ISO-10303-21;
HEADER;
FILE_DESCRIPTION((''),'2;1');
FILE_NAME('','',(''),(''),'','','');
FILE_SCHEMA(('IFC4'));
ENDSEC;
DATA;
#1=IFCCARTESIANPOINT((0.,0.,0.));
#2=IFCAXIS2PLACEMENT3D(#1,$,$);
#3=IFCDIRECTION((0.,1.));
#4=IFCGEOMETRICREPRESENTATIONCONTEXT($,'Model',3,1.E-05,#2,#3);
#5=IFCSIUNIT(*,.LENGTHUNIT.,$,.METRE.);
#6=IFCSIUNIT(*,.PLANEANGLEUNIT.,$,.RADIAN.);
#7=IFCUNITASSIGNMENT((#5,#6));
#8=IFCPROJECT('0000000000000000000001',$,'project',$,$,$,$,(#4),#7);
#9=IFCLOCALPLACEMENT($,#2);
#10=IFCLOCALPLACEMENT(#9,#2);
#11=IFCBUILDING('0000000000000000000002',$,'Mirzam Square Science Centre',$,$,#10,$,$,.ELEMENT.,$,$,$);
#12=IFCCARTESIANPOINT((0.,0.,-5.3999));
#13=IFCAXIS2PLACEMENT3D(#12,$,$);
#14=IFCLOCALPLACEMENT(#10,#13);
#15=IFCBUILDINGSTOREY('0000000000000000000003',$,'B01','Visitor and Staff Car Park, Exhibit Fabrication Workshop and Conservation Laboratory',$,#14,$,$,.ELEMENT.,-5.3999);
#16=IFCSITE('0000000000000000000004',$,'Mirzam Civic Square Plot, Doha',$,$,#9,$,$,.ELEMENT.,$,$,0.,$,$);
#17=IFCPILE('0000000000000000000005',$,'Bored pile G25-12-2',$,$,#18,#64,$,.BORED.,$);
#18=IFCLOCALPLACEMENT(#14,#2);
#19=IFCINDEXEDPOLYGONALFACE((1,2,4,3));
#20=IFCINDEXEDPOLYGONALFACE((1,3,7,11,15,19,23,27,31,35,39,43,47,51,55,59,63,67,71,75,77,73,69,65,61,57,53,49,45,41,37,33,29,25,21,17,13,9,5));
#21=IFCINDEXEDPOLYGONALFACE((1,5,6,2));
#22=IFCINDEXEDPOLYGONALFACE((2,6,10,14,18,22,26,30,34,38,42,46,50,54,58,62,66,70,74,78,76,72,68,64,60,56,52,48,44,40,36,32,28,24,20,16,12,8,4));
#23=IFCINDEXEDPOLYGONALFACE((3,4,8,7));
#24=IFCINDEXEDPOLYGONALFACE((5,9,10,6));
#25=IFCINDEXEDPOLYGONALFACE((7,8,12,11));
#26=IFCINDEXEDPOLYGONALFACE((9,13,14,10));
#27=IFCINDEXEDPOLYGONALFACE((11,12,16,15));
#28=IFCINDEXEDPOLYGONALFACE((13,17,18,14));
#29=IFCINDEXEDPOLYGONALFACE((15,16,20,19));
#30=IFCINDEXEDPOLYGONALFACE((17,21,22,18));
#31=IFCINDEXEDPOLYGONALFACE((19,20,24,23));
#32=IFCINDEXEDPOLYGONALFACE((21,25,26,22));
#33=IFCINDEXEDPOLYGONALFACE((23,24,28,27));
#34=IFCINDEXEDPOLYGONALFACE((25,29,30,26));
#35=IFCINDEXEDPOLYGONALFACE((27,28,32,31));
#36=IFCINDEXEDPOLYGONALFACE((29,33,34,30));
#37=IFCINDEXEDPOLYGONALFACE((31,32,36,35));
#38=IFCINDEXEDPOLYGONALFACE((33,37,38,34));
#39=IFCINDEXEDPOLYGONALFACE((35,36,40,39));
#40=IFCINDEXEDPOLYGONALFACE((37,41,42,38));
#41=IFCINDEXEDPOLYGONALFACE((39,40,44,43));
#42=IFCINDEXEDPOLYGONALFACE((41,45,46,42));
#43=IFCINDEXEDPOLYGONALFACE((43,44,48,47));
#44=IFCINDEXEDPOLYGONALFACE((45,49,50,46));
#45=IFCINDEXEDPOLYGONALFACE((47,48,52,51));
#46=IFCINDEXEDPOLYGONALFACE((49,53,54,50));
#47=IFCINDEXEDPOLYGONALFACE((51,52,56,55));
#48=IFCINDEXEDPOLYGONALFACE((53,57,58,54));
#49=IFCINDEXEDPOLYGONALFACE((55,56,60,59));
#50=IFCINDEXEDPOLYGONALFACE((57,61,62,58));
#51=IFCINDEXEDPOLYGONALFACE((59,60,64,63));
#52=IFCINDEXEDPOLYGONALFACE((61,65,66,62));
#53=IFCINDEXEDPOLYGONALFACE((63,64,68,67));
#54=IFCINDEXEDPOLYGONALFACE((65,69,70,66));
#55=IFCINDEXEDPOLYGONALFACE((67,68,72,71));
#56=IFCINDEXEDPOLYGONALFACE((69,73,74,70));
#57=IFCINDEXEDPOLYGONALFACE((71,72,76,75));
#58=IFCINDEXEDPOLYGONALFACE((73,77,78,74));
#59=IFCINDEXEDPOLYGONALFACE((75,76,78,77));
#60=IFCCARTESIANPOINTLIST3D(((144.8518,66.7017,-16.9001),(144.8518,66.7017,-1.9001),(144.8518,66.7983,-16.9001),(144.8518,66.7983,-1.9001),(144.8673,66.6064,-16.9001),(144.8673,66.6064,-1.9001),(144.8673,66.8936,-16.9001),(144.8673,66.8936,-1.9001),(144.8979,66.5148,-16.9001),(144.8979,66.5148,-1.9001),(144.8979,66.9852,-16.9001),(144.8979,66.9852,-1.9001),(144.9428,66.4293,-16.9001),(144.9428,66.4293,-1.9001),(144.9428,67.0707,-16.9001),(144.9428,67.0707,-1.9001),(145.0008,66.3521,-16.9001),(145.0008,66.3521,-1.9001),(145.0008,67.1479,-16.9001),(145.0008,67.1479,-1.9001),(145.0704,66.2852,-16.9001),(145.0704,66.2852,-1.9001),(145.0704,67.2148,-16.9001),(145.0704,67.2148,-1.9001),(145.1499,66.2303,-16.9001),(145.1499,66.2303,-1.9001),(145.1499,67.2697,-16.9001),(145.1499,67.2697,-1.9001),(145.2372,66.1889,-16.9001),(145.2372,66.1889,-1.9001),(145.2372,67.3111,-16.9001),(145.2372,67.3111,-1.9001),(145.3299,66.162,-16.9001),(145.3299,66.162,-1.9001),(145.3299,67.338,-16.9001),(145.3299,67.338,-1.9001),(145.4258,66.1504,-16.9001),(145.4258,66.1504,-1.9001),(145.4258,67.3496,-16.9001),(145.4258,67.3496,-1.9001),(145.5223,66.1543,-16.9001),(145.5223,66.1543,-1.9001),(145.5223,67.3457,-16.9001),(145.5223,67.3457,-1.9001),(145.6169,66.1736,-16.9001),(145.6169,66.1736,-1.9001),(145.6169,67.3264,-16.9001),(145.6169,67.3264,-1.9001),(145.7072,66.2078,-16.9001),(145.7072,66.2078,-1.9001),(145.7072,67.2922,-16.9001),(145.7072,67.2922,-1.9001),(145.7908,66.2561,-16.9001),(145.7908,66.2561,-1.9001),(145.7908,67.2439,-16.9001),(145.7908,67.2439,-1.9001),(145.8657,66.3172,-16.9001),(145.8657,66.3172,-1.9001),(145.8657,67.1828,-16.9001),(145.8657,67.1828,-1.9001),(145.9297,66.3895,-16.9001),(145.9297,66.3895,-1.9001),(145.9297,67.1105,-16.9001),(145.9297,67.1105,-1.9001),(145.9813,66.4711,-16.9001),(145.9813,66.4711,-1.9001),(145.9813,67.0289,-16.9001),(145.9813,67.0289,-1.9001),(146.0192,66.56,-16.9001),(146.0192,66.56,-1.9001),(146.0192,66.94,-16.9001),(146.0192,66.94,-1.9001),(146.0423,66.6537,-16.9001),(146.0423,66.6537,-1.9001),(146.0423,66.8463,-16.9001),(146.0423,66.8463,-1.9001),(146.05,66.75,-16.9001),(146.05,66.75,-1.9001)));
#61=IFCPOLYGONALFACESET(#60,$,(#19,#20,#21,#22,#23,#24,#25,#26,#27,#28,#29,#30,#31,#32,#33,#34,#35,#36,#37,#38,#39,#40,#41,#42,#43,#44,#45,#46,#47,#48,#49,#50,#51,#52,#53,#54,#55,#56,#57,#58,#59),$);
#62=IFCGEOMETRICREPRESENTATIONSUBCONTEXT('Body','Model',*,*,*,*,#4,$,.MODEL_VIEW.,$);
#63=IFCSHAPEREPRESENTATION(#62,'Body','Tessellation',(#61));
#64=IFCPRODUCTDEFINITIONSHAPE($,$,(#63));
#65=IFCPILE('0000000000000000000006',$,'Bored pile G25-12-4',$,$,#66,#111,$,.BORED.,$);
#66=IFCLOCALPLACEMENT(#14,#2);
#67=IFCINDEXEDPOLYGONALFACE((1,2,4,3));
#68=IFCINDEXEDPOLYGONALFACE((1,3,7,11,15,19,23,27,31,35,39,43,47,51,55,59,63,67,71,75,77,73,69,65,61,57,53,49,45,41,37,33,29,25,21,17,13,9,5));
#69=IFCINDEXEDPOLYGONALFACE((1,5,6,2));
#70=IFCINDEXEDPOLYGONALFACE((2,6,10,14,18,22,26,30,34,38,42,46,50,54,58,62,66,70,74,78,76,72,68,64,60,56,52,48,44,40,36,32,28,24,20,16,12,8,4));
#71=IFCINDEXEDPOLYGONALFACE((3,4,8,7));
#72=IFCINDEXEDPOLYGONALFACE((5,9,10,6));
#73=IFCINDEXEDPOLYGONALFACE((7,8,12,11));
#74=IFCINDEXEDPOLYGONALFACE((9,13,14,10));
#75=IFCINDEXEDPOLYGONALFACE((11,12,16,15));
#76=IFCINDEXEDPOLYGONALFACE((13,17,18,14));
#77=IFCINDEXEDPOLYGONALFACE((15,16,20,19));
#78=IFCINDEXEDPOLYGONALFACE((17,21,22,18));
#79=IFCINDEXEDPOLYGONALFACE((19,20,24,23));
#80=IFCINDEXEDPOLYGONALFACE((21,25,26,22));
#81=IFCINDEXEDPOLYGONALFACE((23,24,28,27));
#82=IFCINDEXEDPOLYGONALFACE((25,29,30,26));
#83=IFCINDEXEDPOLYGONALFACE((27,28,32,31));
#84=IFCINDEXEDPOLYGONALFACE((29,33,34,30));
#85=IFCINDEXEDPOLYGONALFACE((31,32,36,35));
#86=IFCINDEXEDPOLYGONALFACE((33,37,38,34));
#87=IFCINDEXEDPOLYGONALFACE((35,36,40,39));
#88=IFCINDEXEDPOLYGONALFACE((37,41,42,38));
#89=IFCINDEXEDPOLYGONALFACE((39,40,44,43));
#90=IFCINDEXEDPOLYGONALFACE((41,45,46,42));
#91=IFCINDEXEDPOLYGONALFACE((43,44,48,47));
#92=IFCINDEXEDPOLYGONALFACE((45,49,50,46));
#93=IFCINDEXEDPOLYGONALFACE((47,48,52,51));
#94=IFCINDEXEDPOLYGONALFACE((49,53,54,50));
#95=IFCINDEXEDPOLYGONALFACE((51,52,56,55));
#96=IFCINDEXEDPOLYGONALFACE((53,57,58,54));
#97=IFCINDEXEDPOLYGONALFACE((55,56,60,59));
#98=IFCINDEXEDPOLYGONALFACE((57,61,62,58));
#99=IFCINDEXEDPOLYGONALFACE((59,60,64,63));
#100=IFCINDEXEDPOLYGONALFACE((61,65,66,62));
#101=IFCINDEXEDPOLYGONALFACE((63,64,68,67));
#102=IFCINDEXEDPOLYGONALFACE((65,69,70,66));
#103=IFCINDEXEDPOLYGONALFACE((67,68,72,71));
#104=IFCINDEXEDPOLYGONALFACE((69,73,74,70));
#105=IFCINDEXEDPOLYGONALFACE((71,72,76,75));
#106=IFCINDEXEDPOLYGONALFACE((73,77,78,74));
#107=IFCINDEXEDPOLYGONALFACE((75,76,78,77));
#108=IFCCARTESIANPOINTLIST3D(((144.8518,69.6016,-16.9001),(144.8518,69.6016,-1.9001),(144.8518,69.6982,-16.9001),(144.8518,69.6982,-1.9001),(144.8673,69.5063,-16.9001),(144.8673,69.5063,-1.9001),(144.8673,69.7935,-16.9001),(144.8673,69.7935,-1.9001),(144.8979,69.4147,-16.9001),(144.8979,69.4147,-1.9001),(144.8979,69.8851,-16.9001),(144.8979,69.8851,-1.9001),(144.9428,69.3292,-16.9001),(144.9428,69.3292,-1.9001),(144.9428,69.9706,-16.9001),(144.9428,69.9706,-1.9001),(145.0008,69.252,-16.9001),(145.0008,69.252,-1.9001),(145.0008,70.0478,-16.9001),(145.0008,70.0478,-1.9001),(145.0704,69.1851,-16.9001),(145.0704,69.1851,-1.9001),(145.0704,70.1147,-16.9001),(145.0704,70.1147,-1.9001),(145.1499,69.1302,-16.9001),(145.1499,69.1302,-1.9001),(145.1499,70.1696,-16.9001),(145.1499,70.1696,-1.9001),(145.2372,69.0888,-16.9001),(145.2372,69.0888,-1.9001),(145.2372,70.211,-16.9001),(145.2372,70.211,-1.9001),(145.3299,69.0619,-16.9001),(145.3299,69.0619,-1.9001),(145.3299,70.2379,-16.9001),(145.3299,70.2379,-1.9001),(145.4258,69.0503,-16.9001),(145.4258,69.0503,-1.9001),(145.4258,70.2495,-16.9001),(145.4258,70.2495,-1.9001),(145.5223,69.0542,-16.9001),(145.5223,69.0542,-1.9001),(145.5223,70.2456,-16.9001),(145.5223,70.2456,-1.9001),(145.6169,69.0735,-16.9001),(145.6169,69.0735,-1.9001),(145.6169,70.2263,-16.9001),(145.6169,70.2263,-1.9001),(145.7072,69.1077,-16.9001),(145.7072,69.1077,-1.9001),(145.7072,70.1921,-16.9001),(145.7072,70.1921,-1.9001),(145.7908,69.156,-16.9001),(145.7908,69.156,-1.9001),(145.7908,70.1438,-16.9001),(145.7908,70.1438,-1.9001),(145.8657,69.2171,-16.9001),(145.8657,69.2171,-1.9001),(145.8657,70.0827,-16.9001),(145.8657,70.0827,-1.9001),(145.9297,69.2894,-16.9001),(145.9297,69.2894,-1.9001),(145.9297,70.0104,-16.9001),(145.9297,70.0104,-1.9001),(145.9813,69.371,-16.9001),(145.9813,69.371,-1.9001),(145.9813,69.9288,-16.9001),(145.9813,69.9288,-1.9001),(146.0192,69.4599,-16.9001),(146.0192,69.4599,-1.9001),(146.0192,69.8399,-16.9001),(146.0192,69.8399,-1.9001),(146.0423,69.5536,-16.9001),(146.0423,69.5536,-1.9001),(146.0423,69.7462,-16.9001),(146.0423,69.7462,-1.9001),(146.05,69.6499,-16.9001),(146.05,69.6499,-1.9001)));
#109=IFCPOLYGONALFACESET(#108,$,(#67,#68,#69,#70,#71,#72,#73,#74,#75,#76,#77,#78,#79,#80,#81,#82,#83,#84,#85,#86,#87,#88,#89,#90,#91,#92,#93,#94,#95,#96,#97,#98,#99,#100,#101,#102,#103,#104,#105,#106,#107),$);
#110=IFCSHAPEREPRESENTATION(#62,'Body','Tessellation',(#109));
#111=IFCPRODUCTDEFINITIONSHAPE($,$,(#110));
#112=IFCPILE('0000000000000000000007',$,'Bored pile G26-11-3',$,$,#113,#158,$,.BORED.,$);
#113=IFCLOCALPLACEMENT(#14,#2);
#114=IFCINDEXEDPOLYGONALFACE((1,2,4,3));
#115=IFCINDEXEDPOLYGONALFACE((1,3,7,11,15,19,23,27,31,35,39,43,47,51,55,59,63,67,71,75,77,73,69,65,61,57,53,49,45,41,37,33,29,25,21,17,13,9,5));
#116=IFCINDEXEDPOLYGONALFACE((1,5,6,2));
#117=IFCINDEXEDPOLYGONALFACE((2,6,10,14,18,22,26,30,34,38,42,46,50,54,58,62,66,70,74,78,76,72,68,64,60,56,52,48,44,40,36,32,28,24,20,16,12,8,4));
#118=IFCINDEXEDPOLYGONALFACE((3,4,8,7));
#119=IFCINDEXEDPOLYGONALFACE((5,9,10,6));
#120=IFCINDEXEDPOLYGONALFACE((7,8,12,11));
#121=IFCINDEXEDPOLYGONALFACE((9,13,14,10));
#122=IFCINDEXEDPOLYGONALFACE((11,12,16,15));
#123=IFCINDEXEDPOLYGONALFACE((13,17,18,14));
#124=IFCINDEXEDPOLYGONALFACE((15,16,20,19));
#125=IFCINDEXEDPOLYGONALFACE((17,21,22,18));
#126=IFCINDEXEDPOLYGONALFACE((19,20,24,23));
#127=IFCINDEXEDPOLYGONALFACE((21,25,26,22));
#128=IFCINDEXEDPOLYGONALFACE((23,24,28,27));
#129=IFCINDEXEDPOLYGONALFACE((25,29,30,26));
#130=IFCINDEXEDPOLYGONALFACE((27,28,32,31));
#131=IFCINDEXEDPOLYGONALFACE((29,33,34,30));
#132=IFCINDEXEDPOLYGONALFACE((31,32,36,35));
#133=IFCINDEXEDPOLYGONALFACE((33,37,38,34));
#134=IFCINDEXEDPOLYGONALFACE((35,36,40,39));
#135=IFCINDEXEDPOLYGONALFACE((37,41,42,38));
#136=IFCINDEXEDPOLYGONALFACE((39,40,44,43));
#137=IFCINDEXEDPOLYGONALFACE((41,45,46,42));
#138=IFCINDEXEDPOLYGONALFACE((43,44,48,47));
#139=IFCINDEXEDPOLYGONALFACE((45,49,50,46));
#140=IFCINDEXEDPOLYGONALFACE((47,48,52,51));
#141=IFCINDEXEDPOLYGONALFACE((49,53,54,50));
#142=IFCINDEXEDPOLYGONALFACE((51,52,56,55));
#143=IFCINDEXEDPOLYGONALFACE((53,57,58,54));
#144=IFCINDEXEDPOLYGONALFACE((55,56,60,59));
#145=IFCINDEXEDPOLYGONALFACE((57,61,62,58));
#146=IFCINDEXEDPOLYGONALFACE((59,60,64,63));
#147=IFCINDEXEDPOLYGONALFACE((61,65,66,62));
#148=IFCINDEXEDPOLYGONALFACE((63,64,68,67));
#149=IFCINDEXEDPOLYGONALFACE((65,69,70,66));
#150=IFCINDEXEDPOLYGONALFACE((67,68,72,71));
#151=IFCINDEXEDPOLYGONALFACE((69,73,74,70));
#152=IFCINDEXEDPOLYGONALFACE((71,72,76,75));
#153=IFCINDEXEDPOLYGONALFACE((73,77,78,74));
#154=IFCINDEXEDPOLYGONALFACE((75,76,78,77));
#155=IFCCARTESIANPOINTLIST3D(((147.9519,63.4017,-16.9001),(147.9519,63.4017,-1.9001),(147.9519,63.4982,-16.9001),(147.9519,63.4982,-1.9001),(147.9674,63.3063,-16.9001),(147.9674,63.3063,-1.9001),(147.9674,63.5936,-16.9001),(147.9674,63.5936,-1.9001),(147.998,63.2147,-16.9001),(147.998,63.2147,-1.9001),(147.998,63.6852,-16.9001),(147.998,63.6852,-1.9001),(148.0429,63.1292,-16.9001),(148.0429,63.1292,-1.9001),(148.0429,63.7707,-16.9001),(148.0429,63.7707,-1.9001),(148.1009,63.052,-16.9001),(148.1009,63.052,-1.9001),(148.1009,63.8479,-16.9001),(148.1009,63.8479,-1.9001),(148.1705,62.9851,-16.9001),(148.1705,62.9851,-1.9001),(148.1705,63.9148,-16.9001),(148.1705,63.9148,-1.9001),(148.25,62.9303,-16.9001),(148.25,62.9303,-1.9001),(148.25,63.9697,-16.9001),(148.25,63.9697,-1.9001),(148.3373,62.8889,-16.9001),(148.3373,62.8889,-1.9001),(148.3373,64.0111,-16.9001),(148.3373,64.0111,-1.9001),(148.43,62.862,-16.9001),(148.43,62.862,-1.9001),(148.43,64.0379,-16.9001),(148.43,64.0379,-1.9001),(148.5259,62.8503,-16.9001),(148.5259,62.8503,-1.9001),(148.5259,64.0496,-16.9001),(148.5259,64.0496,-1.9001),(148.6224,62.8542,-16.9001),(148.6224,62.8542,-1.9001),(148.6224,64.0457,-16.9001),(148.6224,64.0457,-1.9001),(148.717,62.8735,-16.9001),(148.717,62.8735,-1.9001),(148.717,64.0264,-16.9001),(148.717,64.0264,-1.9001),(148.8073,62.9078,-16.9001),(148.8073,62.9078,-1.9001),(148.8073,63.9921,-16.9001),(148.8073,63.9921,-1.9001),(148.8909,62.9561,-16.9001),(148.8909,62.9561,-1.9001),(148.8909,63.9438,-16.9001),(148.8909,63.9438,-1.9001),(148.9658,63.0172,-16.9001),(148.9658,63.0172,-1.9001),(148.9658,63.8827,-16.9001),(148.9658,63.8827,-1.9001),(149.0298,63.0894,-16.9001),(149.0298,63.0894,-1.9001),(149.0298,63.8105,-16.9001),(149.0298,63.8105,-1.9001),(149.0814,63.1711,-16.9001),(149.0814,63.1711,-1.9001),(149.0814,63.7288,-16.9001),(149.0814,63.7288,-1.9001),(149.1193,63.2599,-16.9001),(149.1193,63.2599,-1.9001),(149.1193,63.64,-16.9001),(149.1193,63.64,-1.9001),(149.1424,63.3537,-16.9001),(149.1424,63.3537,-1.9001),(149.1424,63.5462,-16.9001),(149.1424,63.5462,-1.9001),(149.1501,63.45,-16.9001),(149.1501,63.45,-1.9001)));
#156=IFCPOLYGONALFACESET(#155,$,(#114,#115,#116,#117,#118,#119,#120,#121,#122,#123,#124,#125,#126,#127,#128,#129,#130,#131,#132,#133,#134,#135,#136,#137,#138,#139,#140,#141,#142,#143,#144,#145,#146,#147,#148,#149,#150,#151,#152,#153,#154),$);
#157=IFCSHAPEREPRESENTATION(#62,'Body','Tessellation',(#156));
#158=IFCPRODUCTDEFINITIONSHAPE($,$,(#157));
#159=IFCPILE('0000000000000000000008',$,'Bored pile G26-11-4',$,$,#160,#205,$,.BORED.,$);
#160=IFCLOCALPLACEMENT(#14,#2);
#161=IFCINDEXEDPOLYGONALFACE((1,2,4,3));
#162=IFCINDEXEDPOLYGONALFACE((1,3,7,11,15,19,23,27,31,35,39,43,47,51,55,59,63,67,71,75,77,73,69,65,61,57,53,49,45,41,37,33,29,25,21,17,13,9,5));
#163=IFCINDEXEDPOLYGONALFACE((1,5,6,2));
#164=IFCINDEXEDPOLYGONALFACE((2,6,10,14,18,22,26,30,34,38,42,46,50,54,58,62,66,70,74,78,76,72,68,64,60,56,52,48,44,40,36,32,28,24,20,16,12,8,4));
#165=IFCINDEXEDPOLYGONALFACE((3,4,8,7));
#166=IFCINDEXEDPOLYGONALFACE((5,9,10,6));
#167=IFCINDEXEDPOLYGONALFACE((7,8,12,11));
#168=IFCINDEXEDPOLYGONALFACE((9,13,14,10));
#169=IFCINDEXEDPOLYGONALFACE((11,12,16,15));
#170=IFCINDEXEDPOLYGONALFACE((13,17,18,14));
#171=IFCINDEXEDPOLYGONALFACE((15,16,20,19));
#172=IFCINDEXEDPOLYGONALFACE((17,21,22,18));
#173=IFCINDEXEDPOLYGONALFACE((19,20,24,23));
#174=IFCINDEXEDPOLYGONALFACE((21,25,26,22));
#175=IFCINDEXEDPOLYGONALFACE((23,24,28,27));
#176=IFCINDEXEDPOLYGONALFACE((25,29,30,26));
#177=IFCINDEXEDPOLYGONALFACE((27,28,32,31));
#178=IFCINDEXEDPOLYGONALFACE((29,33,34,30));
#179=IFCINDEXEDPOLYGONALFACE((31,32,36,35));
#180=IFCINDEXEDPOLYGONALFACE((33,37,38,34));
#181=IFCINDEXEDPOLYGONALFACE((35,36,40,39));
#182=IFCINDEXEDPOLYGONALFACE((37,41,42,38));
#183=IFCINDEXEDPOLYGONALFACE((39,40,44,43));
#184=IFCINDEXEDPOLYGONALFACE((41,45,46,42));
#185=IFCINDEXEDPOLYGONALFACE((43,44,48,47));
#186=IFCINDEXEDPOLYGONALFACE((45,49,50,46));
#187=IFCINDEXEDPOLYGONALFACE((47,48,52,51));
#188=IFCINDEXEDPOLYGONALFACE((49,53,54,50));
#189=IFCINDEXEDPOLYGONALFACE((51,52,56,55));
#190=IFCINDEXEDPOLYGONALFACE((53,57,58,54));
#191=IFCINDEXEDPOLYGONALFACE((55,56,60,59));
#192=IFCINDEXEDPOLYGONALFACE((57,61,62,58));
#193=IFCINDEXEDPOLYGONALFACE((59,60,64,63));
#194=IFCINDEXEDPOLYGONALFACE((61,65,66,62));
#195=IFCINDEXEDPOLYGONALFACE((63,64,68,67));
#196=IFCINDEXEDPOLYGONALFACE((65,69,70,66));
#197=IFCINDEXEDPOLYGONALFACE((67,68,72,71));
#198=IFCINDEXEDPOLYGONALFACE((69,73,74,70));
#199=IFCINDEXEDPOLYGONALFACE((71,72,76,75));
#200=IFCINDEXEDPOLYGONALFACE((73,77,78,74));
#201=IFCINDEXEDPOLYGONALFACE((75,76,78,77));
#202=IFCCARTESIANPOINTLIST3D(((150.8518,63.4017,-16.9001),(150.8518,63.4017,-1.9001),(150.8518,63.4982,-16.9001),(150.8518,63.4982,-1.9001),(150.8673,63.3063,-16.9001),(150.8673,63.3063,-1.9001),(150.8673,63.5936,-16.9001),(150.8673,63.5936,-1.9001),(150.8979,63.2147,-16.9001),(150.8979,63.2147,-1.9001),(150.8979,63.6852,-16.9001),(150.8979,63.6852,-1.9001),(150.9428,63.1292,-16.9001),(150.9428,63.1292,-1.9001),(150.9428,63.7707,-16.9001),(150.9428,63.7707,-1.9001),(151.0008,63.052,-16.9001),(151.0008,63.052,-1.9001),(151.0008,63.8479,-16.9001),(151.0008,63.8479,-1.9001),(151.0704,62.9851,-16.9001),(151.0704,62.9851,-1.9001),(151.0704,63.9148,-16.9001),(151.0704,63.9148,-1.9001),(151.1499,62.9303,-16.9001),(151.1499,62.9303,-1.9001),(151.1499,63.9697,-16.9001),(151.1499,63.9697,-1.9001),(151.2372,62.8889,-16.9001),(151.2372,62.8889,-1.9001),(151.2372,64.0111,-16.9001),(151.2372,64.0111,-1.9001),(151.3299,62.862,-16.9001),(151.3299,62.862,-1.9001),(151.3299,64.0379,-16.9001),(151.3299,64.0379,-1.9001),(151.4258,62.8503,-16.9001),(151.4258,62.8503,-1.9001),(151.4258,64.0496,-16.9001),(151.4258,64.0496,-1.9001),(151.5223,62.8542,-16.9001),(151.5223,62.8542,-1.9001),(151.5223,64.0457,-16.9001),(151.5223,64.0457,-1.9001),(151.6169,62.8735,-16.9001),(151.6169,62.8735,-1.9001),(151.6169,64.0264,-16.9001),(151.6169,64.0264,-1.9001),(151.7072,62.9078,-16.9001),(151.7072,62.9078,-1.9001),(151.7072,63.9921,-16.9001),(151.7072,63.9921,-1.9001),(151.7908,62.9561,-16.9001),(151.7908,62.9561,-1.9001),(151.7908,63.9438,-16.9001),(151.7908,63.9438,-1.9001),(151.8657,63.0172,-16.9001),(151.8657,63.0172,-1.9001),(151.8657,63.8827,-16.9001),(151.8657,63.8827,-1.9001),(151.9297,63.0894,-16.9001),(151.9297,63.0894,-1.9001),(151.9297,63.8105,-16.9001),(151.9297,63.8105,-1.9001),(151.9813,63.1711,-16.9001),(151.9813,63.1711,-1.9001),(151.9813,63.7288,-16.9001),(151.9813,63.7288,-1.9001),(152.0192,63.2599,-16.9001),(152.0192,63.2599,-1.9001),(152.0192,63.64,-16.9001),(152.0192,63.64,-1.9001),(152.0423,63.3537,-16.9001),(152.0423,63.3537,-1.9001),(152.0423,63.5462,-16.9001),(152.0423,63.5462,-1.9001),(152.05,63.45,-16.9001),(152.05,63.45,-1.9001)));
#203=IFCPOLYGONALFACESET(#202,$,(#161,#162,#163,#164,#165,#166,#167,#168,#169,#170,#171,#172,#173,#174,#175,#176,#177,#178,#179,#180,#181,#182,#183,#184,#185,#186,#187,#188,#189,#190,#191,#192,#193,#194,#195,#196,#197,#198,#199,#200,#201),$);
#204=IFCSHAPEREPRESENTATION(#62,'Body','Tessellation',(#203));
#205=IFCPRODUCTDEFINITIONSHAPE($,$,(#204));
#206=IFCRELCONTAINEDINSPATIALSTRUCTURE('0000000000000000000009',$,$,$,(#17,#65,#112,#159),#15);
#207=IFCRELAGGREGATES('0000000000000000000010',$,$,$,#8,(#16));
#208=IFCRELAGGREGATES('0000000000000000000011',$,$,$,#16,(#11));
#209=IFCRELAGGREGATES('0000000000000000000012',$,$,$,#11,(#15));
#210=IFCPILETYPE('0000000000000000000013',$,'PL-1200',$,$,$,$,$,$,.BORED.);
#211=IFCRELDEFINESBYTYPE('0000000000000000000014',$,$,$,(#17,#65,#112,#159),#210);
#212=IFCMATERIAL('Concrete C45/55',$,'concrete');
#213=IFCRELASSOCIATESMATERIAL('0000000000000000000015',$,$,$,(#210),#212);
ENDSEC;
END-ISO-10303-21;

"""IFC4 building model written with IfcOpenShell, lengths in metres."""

from ifc_helpers import new_model, si_unit, direction, frame, origin, origin_2d, place, context, subcontext, project, spatial, circle, extrude, material, material_profile, profile_set, type_object, element, save


model = new_model("IFC4")

# Units and contexts
model_context = context("Model", 3, precision=1e-05, world=origin(), true_north=direction((0.0, 1.0)))
body_context = subcontext(model_context, "Body", "Model", "MODEL_VIEW")
ifc_project = project(units=[si_unit("LENGTHUNIT", "METRE"), si_unit("PLANEANGLEUNIT", "RADIAN")], contexts=[model_context])

# Site, building, storey
site_placement = place(None, origin())
site = spatial("IfcSite", under=ifc_project, at=site_placement, Name="Mirzam Civic Square Plot, Doha", CompositionType="ELEMENT", RefElevation=0.0)
building_placement = place(site_placement, origin())
building = spatial("IfcBuilding", under=site, at=building_placement, Name="Mirzam Square Science Centre", CompositionType="ELEMENT")
storey_placement = place(building_placement, frame((0.0, 0.0, -5.3999)))
storey = spatial("IfcBuildingStorey", under=building, at=storey_placement, Name="B01", Description="Visitor and Staff Car Park, Exhibit Fabrication Workshop and Conservation Laboratory", CompositionType="ELEMENT", Elevation=-5.3999)

# Shared definitions
ifc_material_1 = material(Name="Concrete C45/55", Category="concrete")

# Piles
ifc_material_profile_1 = material_profile(ifc_material_1, circle(Radius=0.6001, at=origin_2d()), Name="PILE-D1200")
ifc_profile_set_1 = profile_set([ifc_material_profile_1], Name="Concrete C45/55")
pile_type_1 = type_object("IfcPileType", Name="PL-1200", PredefinedType="BORED", material=ifc_profile_set_1)
for number, where, z_axis, x_axis, name in (
    (1, (145.45, 66.75, -1.9001), (0.0, 0.0, -1.0), (1.0, 0.0, 0.0), "Bored pile G25-12-2"),
    (2, (145.45, 69.6499, -1.9001), (0.0, 0.0, -1.0), (1.0, 0.0, 0.0), "Bored pile G25-12-4"),
    (3, (148.55, 63.45, -1.9001), (0.0, 0.0, -1.0), (1.0, 0.0, 0.0), "Bored pile G26-11-3"),
    (4, (151.45, 63.45, -1.9001), (0.0, 0.0, -1.0), (1.0, 0.0, 0.0), "Bored pile G26-11-4"),
):
    element("IfcPile", number, at=place(storey_placement, frame(where, z_axis=z_axis, x_axis=x_axis)), inside=storey, type_object=pile_type_1, Name=name, PredefinedType="BORED", context=body_context, shape_type="SweptSolid", body=[
        extrude(circle(Radius=0.6001, at=origin_2d()), origin(), (0.0, 0.0, 1.0), 15.0),
    ])

save(model, "model.ifc")
